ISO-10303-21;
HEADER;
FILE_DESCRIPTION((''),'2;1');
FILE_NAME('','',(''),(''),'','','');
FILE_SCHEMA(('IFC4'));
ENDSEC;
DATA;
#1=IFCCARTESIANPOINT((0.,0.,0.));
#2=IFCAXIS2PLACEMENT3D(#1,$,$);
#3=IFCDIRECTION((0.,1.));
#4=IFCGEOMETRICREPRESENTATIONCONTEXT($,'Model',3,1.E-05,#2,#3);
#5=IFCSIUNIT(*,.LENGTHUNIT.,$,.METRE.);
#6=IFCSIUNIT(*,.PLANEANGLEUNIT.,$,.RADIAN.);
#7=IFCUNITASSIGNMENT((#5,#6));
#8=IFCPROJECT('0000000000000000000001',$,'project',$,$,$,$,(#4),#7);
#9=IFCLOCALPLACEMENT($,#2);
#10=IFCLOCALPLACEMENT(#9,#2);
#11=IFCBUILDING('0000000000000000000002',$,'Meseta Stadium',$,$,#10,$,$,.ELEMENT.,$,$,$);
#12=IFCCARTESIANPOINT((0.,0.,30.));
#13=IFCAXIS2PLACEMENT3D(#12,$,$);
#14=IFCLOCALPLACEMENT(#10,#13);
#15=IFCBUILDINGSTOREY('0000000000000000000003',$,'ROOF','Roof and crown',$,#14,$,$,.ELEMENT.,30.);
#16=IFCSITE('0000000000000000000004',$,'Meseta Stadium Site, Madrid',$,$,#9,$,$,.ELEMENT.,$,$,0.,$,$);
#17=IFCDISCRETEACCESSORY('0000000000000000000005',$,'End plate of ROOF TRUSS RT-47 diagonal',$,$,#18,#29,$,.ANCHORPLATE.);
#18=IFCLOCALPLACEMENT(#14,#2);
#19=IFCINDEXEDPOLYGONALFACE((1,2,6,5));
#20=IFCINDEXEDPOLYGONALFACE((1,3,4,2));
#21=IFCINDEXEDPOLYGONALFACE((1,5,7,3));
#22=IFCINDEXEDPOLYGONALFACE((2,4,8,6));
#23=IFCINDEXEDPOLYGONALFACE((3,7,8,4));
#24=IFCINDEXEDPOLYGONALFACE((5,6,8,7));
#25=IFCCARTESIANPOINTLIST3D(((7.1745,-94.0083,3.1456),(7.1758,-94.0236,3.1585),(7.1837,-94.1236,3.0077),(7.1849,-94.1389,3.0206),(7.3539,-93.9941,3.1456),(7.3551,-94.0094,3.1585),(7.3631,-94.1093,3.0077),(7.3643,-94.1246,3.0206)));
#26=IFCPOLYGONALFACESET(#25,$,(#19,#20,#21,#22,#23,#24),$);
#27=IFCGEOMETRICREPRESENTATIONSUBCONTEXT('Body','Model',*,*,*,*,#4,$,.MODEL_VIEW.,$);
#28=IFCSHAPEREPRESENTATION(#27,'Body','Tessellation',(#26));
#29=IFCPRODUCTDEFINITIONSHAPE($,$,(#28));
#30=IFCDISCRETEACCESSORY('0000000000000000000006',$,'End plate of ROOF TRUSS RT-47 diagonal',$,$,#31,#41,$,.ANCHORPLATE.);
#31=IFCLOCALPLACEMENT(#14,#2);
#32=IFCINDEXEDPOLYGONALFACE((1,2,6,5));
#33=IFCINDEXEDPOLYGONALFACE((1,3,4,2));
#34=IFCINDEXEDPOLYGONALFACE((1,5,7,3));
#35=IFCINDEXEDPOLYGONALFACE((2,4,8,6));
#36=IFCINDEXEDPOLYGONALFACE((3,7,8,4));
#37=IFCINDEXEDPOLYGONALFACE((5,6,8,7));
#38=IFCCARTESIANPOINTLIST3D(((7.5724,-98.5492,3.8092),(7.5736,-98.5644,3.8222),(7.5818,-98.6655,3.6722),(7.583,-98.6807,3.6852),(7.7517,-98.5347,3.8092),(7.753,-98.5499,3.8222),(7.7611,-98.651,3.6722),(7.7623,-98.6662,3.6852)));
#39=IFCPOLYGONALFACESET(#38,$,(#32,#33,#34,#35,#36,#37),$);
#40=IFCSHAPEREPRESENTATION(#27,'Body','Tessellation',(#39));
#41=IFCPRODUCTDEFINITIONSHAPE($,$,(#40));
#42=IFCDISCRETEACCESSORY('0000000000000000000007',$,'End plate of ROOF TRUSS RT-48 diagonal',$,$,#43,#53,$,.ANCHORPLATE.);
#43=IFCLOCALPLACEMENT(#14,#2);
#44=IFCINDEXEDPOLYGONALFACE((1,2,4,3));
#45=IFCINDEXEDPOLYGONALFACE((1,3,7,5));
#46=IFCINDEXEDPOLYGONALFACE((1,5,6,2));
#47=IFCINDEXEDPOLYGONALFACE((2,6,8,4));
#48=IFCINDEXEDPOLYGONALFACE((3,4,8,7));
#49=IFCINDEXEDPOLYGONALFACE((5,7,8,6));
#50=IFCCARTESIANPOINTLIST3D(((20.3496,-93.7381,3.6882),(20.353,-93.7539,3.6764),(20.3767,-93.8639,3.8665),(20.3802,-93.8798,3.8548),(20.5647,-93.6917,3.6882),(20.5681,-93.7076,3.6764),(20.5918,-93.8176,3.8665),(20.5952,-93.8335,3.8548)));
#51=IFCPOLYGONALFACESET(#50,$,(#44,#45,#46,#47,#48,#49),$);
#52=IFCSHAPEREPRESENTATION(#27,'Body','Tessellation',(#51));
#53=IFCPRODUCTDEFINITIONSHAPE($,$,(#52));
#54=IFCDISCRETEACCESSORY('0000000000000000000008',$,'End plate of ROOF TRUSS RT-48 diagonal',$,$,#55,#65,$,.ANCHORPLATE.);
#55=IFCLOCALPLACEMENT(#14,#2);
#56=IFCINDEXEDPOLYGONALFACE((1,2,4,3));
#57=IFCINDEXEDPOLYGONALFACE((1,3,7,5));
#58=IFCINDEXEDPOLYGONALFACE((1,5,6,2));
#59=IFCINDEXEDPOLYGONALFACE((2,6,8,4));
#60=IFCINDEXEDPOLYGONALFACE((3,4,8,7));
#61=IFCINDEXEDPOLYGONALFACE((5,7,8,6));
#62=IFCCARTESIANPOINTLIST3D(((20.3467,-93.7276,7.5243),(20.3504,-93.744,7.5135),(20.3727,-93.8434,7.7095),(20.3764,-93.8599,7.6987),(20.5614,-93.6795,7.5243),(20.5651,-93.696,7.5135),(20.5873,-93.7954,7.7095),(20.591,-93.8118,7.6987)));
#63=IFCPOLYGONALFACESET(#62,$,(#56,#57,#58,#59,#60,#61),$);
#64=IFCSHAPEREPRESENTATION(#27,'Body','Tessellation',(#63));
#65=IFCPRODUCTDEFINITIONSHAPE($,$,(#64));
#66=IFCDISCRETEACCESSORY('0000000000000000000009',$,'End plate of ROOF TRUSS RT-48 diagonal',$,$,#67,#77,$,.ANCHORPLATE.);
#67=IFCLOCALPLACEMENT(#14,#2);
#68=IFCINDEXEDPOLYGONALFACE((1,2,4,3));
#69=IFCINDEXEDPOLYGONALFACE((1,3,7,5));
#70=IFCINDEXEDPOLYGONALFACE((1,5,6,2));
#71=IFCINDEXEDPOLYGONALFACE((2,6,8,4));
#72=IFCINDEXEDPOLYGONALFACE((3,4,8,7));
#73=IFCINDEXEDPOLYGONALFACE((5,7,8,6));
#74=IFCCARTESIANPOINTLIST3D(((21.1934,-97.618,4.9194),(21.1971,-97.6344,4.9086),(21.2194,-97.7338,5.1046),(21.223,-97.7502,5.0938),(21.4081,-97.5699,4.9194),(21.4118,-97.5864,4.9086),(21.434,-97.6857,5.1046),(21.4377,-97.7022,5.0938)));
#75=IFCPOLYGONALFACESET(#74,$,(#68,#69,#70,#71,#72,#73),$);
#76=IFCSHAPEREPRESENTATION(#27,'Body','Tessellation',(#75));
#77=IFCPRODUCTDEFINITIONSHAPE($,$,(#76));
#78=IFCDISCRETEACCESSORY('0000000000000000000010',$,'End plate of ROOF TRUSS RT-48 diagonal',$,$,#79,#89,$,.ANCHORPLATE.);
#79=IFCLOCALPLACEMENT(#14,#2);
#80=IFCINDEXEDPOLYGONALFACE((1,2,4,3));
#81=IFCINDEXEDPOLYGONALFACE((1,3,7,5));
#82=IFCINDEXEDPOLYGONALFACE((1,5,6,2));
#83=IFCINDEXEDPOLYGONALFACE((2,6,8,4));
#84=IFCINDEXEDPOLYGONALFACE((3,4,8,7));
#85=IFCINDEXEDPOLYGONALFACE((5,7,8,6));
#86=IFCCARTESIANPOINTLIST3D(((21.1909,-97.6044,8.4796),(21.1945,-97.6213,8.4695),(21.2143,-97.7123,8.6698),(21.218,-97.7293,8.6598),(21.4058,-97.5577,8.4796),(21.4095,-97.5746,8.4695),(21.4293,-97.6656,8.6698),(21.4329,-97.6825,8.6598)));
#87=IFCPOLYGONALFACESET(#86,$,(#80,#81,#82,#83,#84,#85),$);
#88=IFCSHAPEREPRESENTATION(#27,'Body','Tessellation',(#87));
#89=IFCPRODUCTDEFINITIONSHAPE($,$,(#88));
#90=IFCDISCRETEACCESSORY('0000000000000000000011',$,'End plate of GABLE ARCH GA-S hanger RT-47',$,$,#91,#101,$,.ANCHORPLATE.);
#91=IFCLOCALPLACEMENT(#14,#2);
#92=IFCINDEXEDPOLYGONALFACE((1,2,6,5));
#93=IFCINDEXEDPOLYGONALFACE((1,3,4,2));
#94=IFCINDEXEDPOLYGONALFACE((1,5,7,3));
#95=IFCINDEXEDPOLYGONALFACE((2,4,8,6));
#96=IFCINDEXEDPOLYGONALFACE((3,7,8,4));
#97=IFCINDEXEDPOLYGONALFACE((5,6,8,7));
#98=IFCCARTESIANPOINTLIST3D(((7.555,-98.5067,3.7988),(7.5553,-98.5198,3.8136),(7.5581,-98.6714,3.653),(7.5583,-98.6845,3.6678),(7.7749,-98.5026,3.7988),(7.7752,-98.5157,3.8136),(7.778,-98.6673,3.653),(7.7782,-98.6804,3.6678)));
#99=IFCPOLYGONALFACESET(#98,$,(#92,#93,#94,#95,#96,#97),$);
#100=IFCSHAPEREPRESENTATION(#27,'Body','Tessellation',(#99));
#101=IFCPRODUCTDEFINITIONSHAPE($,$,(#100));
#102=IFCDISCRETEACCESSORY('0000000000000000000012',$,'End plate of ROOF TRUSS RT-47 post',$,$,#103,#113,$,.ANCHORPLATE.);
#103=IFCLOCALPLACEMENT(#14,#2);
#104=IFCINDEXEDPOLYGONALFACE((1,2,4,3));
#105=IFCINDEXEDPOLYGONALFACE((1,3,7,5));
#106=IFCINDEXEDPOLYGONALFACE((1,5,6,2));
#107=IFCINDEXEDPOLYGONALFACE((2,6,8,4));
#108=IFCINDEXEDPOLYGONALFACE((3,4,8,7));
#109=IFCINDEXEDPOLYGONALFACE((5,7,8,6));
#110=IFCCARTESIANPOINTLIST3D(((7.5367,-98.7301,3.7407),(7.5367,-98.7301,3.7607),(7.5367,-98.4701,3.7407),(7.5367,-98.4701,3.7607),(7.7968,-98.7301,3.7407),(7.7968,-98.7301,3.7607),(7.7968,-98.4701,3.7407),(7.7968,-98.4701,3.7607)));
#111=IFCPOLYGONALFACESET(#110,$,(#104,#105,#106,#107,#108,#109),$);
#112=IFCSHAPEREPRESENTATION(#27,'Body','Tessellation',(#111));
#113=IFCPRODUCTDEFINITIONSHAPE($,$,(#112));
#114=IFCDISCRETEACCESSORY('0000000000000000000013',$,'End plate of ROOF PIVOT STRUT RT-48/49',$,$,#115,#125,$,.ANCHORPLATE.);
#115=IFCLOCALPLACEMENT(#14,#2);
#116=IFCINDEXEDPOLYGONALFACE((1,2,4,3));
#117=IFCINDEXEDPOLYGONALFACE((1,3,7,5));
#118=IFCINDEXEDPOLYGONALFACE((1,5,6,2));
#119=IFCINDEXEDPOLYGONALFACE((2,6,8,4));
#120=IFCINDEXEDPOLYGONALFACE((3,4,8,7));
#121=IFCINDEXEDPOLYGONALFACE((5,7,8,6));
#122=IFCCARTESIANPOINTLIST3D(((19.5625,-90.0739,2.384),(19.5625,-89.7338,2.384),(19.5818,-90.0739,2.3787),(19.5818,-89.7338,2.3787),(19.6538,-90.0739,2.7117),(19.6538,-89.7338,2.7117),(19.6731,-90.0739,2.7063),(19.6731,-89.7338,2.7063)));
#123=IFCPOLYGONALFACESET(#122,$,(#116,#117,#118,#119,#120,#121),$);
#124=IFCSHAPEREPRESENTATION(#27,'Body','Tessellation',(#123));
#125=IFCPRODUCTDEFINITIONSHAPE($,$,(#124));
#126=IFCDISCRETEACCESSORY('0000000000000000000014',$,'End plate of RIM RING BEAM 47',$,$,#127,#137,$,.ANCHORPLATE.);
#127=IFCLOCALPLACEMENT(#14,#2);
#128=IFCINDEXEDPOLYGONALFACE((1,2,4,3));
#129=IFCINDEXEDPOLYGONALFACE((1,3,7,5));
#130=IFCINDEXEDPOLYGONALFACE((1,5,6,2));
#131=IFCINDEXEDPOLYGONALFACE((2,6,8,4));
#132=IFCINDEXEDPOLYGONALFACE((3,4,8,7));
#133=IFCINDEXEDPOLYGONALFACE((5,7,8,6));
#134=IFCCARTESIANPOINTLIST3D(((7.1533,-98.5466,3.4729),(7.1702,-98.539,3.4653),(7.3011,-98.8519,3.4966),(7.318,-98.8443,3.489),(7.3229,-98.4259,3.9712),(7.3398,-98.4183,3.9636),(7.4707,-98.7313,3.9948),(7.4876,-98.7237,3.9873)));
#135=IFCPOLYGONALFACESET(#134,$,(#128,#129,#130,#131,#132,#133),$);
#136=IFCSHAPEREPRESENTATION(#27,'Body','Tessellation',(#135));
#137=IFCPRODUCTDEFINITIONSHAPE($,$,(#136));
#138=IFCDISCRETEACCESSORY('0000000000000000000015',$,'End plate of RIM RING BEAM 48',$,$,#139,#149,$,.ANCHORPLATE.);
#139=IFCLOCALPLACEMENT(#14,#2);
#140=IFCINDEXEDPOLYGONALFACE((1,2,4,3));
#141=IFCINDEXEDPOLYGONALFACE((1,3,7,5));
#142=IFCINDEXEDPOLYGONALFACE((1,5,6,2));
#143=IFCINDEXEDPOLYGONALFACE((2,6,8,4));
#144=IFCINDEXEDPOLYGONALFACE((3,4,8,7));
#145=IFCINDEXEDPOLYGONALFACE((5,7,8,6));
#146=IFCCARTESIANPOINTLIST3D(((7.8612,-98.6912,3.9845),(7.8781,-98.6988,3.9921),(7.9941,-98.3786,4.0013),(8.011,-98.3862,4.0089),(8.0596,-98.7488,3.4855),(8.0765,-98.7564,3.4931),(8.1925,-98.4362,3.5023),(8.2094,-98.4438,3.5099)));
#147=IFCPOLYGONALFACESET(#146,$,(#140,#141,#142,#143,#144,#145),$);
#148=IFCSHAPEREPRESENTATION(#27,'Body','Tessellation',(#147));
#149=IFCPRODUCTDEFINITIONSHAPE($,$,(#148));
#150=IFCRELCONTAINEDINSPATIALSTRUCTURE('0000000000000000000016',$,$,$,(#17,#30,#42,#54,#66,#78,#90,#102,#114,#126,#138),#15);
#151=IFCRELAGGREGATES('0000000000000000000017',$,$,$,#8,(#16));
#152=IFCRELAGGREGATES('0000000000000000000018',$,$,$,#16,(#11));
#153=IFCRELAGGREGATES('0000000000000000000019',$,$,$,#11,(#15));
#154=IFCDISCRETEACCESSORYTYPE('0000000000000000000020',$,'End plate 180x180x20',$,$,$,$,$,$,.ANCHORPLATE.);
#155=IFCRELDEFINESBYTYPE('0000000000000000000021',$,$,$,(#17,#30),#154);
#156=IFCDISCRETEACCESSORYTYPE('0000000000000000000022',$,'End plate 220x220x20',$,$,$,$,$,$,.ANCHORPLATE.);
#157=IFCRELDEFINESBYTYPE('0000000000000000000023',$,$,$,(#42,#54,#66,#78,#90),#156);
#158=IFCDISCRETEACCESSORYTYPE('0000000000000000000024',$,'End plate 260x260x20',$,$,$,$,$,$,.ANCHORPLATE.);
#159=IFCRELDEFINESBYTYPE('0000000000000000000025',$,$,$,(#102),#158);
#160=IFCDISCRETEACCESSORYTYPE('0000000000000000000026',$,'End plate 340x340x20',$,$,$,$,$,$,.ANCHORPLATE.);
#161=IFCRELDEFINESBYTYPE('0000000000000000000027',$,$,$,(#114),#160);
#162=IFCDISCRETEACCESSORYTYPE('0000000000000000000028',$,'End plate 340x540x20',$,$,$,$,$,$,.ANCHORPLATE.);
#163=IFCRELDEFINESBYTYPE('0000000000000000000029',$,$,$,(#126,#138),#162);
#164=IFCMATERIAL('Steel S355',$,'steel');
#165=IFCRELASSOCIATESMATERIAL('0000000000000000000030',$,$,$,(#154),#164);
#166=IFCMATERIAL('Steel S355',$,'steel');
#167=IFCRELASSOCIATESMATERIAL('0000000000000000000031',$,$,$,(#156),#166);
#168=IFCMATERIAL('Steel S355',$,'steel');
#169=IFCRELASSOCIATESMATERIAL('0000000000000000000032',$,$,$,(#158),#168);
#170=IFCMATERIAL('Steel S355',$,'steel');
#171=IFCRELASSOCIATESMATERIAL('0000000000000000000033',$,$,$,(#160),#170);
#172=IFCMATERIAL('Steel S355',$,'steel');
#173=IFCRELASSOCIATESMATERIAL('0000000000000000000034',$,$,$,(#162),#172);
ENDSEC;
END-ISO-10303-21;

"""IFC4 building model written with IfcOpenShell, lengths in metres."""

from ifc_helpers import new_model, si_unit, direction, frame, origin, origin_2d, place, context, subcontext, project, spatial, rectangle, extrude, material, material_profile, profile_set, type_object, element, save


model = new_model("IFC4")

# Units and contexts
model_context = context("Model", 3, precision=1e-05, world=origin(), true_north=direction((0.0, 1.0)))
body_context = subcontext(model_context, "Body", "Model", "MODEL_VIEW")
ifc_project = project(units=[si_unit("LENGTHUNIT", "METRE"), si_unit("PLANEANGLEUNIT", "RADIAN")], contexts=[model_context])

# Site, building, storey
site_placement = place(None, origin())
site = spatial("IfcSite", under=ifc_project, at=site_placement, Name="Meseta Stadium Site, Madrid", CompositionType="ELEMENT", RefElevation=0.0)
building_placement = place(site_placement, origin())
building = spatial("IfcBuilding", under=site, at=building_placement, Name="Meseta Stadium", CompositionType="ELEMENT")
storey_placement = place(building_placement, frame((0.0, 0.0, 30.0)))
storey = spatial("IfcBuildingStorey", under=building, at=storey_placement, Name="ROOF", Description="Roof and crown", CompositionType="ELEMENT", Elevation=30.0)

# Discrete accessories
ifc_material_1 = material(Name="Steel S355", Category="steel")
ifc_material_profile_1 = material_profile(ifc_material_1, rectangle(XDim=0.1799, YDim=0.1799, at=origin_2d()), Name="PL 180x180")
ifc_profile_set_1 = profile_set([ifc_material_profile_1], Name="Steel S355")
discrete_accessory_type_1 = type_object("IfcDiscreteAccessoryType", Name="End plate 180x180x20", PredefinedType="ANCHORPLATE", material=ifc_profile_set_1)
for number, where, z_axis, x_axis, name in (
    (1, (7.2688, -94.0588, 3.0767), (0.060621, -0.763819, 0.642578), (0.996865, 0.079116, 0.0), "End plate of ROOF TRUSS RT-47 diagonal"),
    (2, (7.6667, -98.6001, 3.7407), (0.061185, -0.758697, 0.648564), (0.996764, 0.080384, 0.0), "End plate of ROOF TRUSS RT-47 diagonal"),
):
    element("IfcDiscreteAccessory", number, at=place(storey_placement, frame(where, z_axis=z_axis, x_axis=x_axis)), inside=storey, type_object=discrete_accessory_type_1, Name=name, PredefinedType="ANCHORPLATE", context=body_context, shape_type="SweptSolid", body=[
        extrude(rectangle(XDim=0.1799, YDim=0.1799, at=origin_2d()), origin(), (0.0, 0.0, 1.0), 0.02),
    ])
ifc_material_2 = material(Name="Steel S355", Category="steel")
ifc_material_profile_2 = material_profile(ifc_material_2, rectangle(XDim=0.22, YDim=0.22, at=origin_2d()), Name="PL 220x220")
ifc_profile_set_2 = profile_set([ifc_material_profile_2], Name="Steel S355")
discrete_accessory_type_2 = type_object("IfcDiscreteAccessoryType", Name="End plate 220x220x20", PredefinedType="ANCHORPLATE", material=ifc_profile_set_2)
for number, where, z_axis, x_axis, name in (
    (3, (20.4707, -93.7778, 3.7773), (0.170719, -0.792624, -0.585322), (0.977582, 0.210556, 0.0), "End plate of ROOF TRUSS RT-48 diagonal"),
    (4, (20.467, -93.7615, 7.6169), (0.183942, -0.821607, -0.539563), (0.975843, 0.218472, 0.0), "End plate of ROOF TRUSS RT-48 diagonal"),
    (5, (21.3137, -97.6519, 5.012), (0.183942, -0.821607, -0.539563), (0.975843, 0.218472, 0.0), "End plate of ROOF TRUSS RT-48 diagonal"),
    (6, (21.3101, -97.635, 8.5747), (0.183707, -0.845053, -0.502133), (0.977176, 0.21243, 0.0), "End plate of ROOF TRUSS RT-48 diagonal"),
):
    element("IfcDiscreteAccessory", number, at=place(storey_placement, frame(where, z_axis=z_axis, x_axis=x_axis)), inside=storey, type_object=discrete_accessory_type_2, Name=name, PredefinedType="ANCHORPLATE", context=body_context, shape_type="SweptSolid", body=[
        extrude(rectangle(XDim=0.22, YDim=0.22, at=origin_2d()), origin(), (0.0, 0.0, 1.0), 0.02),
    ])
discrete_accessory_1_placement = place(storey_placement, frame((7.6667, -98.6001, 3.7407), z_axis=(-0.012274, 0.662789, -0.748706), x_axis=(-0.999829, -0.018515, 0.0)))
element("IfcDiscreteAccessory", 7, at=discrete_accessory_1_placement, inside=storey, type_object=discrete_accessory_type_2, Name="End plate of GABLE ARCH GA-S hanger RT-47", PredefinedType="ANCHORPLATE", context=body_context, shape_type="SweptSolid", body=[
    extrude(rectangle(XDim=0.22, YDim=0.22, at=origin_2d()), origin(), (0.0, 0.0, 1.0), 0.0198),
])
ifc_material_3 = material(Name="Steel S355", Category="steel")
ifc_material_profile_3 = material_profile(ifc_material_3, rectangle(XDim=0.26, YDim=0.26, at=origin_2d()), Name="PL 260x260")
ifc_profile_set_3 = profile_set([ifc_material_profile_3], Name="Steel S355")
discrete_accessory_type_3 = type_object("IfcDiscreteAccessoryType", Name="End plate 260x260x20", PredefinedType="ANCHORPLATE", material=ifc_profile_set_3)
discrete_accessory_2_placement = place(storey_placement, frame((7.6667, -98.6001, 3.7407), z_axis=(0.0, 0.0, 1.0), x_axis=(1.0, 0.0, 0.0)))
element("IfcDiscreteAccessory", 8, at=discrete_accessory_2_placement, inside=storey, type_object=discrete_accessory_type_3, Name="End plate of ROOF TRUSS RT-47 post", PredefinedType="ANCHORPLATE", context=body_context, shape_type="SweptSolid", body=[
    extrude(rectangle(XDim=0.26, YDim=0.26, at=origin_2d()), origin(), (0.0, 0.0, 1.0), 0.02),
])
ifc_material_4 = material(Name="Steel S355", Category="steel")
ifc_material_profile_4 = material_profile(ifc_material_4, rectangle(XDim=0.3401, YDim=0.3401, at=origin_2d()), Name="PL 340x340")
ifc_profile_set_4 = profile_set([ifc_material_profile_4], Name="Steel S355")
discrete_accessory_type_4 = type_object("IfcDiscreteAccessoryType", Name="End plate 340x340x20", PredefinedType="ANCHORPLATE", material=ifc_profile_set_4)
discrete_accessory_3_placement = place(storey_placement, frame((19.6082, -89.9038, 2.5479), z_axis=(0.963343, 0.0, -0.268273), x_axis=(0.0, 1.0, 0.0)))
element("IfcDiscreteAccessory", 9, at=discrete_accessory_3_placement, inside=storey, type_object=discrete_accessory_type_4, Name="End plate of ROOF PIVOT STRUT RT-48/49", PredefinedType="ANCHORPLATE", context=body_context, shape_type="SweptSolid", body=[
    extrude(rectangle(XDim=0.3401, YDim=0.3401, at=origin_2d()), origin(), (0.0, 0.0, 1.0), 0.02),
])
ifc_material_5 = material(Name="Steel S355", Category="steel")
ifc_material_profile_5 = material_profile(ifc_material_5, rectangle(XDim=0.3401, YDim=0.54, at=origin_2d()), Name="PL 340x540")
ifc_profile_set_5 = profile_set([ifc_material_profile_5], Name="Steel S355")
discrete_accessory_type_5 = type_object("IfcDiscreteAccessoryType", Name="End plate 340x540x20", PredefinedType="ANCHORPLATE", material=ifc_profile_set_5)
for number, where, z_axis, x_axis, name in (
    (10, (7.312, -98.6389, 3.7339), (0.844041, 0.379207, -0.379207), (-0.43463, 0.897925, -0.069478), "End plate of RIM RING BEAM 47"),
    (11, (8.0269, -98.5637, 3.7434), (0.844041, -0.379207, 0.379207), (0.390804, 0.919153, 0.049298), "End plate of RIM RING BEAM 48"),
):
    element("IfcDiscreteAccessory", number, at=place(storey_placement, frame(where, z_axis=z_axis, x_axis=x_axis)), inside=storey, type_object=discrete_accessory_type_5, Name=name, PredefinedType="ANCHORPLATE", context=body_context, shape_type="SweptSolid", body=[
        extrude(rectangle(XDim=0.3401, YDim=0.54, at=origin_2d()), origin(), (0.0, 0.0, 1.0), 0.02),
    ])

save(model, "model.ifc")
